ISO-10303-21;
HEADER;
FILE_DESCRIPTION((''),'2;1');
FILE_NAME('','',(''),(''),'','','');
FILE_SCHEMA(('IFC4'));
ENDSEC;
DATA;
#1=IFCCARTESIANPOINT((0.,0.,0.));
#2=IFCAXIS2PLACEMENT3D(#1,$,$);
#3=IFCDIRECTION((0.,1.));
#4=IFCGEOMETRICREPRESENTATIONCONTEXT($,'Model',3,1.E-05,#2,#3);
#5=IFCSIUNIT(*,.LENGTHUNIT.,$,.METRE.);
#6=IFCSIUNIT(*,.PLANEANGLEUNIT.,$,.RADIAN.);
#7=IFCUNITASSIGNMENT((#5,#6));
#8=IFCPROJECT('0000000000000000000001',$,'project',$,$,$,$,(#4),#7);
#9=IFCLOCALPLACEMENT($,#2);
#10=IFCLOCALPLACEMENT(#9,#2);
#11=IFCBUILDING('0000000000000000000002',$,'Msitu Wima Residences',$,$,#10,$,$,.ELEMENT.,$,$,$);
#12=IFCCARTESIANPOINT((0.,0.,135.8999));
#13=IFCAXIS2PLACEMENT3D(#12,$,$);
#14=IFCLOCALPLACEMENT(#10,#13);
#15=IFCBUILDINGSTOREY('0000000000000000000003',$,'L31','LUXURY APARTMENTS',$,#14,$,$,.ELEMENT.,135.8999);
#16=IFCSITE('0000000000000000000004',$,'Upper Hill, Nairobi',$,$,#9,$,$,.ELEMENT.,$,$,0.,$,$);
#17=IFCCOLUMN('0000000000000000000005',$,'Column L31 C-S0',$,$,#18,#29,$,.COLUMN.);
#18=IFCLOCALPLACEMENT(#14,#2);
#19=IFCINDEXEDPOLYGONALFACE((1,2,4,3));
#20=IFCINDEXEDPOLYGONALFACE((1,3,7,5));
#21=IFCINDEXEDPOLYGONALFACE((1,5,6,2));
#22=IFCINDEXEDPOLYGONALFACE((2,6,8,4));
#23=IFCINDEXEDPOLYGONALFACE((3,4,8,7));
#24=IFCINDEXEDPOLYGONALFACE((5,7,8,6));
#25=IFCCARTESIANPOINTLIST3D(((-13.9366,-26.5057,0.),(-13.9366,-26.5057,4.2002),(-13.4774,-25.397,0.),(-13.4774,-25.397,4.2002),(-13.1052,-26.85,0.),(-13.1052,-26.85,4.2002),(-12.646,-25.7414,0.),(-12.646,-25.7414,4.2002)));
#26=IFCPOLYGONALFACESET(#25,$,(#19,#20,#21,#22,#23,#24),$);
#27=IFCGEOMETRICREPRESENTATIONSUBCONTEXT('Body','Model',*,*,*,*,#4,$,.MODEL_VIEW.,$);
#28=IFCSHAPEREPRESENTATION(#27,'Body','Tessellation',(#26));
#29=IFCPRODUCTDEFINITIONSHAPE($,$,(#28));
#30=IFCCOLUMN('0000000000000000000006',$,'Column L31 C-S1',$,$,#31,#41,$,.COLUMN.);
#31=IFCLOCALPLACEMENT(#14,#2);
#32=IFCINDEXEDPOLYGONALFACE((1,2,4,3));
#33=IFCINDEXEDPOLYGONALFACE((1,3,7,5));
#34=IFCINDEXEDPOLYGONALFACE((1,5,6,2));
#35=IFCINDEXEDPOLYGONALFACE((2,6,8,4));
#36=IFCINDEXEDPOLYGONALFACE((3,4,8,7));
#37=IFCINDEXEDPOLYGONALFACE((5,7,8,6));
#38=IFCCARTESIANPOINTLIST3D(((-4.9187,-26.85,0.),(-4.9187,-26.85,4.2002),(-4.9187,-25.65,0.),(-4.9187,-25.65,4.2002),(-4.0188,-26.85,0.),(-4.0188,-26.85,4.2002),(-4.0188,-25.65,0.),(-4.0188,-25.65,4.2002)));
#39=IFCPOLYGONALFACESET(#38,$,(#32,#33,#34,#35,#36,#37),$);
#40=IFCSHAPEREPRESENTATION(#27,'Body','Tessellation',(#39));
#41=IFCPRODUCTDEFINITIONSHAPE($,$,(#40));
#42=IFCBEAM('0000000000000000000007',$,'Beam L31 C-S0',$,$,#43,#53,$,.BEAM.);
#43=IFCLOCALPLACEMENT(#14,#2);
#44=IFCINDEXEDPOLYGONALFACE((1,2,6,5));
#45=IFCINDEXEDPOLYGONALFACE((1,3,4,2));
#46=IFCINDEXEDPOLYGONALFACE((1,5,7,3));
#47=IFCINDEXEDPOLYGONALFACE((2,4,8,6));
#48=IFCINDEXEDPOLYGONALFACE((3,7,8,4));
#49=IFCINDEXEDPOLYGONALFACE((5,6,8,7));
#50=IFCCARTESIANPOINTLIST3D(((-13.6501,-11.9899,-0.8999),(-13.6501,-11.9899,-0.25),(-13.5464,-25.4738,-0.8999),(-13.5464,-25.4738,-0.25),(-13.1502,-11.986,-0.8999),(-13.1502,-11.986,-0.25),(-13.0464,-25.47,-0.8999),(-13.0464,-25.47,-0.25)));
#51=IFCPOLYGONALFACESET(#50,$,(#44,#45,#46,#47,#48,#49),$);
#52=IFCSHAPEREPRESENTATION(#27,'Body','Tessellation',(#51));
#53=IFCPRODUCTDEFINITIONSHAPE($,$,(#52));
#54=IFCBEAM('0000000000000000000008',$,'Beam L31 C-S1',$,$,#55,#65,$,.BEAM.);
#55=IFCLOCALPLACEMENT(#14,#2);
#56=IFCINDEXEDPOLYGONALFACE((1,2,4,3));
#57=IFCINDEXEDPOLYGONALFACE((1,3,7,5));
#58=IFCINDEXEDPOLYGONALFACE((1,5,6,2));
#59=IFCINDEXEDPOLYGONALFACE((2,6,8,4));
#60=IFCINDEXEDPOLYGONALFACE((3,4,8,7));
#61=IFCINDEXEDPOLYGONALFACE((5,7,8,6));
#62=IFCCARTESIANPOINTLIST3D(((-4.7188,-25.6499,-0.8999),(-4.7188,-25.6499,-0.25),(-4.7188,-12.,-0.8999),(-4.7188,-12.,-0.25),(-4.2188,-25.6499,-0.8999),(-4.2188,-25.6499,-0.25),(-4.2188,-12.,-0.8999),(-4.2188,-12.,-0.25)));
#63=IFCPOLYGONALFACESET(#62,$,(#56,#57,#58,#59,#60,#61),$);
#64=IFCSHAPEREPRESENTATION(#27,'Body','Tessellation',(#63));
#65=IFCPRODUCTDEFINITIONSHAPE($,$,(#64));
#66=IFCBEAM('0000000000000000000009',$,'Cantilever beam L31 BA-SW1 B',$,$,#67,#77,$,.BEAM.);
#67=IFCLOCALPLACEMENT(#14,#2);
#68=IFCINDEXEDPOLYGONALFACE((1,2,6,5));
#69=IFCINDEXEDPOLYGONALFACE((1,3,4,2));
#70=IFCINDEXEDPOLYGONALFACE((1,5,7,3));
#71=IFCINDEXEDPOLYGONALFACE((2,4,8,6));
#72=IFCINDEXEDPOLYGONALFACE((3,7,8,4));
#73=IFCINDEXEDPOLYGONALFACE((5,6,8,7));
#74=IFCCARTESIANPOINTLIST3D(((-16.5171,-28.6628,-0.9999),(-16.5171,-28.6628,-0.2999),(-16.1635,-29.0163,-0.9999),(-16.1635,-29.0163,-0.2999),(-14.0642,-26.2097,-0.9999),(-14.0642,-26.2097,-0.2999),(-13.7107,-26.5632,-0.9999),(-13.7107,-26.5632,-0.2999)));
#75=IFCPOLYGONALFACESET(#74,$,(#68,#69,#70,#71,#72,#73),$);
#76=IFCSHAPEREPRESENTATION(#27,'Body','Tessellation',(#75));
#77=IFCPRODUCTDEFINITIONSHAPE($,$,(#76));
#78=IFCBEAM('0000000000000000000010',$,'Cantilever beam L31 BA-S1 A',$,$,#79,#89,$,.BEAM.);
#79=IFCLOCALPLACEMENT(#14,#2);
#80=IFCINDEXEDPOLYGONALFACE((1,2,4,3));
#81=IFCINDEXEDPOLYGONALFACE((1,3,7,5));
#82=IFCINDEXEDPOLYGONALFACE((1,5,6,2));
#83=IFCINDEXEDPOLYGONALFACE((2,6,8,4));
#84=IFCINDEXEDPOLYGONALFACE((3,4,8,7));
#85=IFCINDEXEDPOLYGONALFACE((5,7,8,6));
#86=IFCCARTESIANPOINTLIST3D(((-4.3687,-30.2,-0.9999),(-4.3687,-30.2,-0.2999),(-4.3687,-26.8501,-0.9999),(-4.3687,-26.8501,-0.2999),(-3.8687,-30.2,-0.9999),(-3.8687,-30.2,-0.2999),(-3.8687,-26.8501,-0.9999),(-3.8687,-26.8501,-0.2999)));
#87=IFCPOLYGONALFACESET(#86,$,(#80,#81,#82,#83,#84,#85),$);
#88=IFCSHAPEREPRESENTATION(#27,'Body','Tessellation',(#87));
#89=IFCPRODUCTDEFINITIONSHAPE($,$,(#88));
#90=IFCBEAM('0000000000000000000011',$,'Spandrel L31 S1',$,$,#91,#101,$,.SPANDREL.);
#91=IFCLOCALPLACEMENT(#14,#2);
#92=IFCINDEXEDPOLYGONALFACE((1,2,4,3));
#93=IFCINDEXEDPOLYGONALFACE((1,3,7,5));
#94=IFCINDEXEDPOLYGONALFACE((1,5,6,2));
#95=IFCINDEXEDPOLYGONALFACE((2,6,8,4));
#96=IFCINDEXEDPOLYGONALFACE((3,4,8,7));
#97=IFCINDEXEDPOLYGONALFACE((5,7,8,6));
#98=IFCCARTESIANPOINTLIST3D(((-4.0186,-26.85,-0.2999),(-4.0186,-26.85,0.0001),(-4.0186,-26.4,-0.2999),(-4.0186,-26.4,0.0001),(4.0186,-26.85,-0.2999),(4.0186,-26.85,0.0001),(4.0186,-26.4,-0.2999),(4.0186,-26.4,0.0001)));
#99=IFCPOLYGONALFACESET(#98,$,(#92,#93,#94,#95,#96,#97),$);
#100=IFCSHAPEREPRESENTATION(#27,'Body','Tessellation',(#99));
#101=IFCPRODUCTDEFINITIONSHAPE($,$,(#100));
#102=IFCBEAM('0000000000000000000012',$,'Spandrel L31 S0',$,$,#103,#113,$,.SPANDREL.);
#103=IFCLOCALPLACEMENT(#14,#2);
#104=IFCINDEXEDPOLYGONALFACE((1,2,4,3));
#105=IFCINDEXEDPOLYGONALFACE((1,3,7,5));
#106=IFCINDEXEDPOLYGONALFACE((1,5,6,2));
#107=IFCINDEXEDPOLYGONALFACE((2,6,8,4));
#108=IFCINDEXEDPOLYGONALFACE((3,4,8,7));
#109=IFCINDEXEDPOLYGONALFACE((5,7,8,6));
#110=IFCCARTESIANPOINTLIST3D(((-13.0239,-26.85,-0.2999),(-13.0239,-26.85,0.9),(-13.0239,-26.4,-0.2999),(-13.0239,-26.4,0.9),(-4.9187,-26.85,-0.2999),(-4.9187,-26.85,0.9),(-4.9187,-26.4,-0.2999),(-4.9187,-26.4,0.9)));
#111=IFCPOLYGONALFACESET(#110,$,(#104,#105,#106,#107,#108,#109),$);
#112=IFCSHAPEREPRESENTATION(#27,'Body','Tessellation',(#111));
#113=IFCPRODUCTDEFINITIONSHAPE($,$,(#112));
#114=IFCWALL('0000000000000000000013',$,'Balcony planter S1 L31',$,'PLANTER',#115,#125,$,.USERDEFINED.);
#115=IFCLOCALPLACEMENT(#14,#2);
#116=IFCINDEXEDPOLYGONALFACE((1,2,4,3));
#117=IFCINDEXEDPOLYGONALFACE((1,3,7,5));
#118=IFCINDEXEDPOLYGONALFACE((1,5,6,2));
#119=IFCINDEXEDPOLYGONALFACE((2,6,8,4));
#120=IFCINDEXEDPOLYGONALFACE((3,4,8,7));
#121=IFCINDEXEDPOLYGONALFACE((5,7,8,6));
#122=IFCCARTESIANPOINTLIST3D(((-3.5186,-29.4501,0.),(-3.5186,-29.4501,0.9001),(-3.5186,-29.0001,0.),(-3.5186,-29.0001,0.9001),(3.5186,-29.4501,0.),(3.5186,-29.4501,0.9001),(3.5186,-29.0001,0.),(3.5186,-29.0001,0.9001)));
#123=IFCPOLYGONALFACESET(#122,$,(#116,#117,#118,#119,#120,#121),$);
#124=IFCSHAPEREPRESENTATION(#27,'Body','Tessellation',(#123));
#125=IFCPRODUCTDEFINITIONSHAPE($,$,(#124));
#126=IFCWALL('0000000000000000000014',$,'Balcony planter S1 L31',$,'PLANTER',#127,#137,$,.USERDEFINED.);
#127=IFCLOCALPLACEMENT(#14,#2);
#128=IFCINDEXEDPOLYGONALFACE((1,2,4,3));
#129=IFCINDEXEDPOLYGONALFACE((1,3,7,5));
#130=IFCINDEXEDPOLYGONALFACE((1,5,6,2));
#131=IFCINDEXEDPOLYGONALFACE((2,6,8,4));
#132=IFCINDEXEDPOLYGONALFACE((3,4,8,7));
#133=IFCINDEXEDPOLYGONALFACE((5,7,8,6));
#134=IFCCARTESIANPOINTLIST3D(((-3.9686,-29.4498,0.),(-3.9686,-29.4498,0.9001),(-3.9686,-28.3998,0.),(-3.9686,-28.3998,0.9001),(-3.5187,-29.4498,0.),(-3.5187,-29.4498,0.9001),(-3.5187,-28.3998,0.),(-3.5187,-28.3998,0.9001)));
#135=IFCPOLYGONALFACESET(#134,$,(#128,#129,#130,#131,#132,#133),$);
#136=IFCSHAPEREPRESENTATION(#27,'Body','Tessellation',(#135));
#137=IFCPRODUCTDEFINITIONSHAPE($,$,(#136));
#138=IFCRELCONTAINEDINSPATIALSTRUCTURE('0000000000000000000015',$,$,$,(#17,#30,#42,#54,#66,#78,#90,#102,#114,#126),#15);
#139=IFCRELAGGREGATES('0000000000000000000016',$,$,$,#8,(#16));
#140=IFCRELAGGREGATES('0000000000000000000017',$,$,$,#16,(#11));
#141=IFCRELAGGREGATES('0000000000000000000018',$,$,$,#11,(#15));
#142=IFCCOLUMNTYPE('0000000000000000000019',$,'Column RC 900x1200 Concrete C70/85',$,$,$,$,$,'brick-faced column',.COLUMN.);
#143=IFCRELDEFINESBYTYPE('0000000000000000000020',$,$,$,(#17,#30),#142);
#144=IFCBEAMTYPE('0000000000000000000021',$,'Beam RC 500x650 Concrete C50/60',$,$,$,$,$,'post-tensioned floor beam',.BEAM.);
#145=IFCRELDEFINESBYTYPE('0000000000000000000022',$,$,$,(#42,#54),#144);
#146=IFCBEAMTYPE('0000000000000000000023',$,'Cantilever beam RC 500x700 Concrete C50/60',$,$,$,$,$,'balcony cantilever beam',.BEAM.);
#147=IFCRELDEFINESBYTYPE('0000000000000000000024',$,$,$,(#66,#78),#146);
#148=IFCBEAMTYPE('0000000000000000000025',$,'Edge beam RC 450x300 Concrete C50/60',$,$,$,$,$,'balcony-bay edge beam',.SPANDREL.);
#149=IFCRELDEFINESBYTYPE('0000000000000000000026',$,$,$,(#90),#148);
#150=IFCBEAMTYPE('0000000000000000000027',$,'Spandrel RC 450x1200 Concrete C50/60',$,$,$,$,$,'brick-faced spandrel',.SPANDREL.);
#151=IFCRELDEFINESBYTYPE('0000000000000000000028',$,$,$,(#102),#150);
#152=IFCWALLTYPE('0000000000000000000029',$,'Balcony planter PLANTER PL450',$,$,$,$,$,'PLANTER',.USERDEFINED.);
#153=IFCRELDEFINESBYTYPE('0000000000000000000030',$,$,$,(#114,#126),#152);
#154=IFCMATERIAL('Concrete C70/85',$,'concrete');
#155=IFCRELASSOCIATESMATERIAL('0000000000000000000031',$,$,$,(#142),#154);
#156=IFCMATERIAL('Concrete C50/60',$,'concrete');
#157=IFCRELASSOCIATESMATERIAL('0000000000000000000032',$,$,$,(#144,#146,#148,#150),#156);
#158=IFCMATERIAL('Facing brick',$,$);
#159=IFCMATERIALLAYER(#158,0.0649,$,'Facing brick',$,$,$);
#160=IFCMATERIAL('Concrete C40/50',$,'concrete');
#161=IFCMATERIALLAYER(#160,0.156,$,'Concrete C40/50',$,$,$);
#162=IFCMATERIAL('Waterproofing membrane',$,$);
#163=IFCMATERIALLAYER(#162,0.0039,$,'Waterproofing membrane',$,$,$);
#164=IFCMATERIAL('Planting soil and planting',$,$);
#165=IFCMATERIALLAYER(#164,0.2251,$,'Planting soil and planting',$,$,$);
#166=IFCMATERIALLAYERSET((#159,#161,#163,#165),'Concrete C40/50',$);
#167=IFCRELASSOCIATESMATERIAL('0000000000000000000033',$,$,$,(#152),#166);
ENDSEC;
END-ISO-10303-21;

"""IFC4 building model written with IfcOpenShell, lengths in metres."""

from ifc_helpers import new_model, si_unit, direction, frame, frame_2d, origin, origin_2d, place, context, subcontext, project, spatial, rectangle, extrude, material, layer, layer_set, material_profile, profile_set, type_object, element, save


model = new_model("IFC4")

# Units and contexts
model_context = context("Model", 3, precision=1e-05, world=origin(), true_north=direction((0.0, 1.0)))
body_context = subcontext(model_context, "Body", "Model", "MODEL_VIEW")
ifc_project = project(units=[si_unit("LENGTHUNIT", "METRE"), si_unit("PLANEANGLEUNIT", "RADIAN")], contexts=[model_context])

# Site, building, storey
site_placement = place(None, origin())
site = spatial("IfcSite", under=ifc_project, at=site_placement, Name="Upper Hill, Nairobi", CompositionType="ELEMENT", RefElevation=0.0)
building_placement = place(site_placement, origin())
building = spatial("IfcBuilding", under=site, at=building_placement, Name="Msitu Wima Residences", CompositionType="ELEMENT")
storey_placement = place(building_placement, frame((0.0, 0.0, 135.8999)))
storey = spatial("IfcBuildingStorey", under=building, at=storey_placement, Name="L31", Description="LUXURY APARTMENTS", CompositionType="ELEMENT", Elevation=135.8999)

# Columns
ifc_material_1 = material(Name="Concrete C70/85", Category="concrete")
ifc_material_profile_1 = material_profile(ifc_material_1, rectangle(XDim=0.8999, YDim=1.2, at=origin_2d()), Name="RC 900x1200")
ifc_profile_set_1 = profile_set([ifc_material_profile_1], Name="Concrete C70/85")
column_type = type_object("IfcColumnType", Name="Column RC 900x1200 Concrete C70/85", ElementType="brick-faced column", PredefinedType="COLUMN", material=ifc_profile_set_1)
for number, where, z_axis, x_axis, name in (
    (1, (-13.2913, -26.1235, 0.0), (0.0, 0.0, 1.0), (0.92388, -0.382683, 0.0), "Column L31 C-S0"),
    (2, (-4.4688, -26.25, 0.0), (0.0, 0.0, 1.0), (1.0, 0.0, 0.0), "Column L31 C-S1"),
):
    element("IfcColumn", number, at=place(storey_placement, frame(where, z_axis=z_axis, x_axis=x_axis)), inside=storey, type_object=column_type, Name=name, PredefinedType="COLUMN", context=body_context, shape_type="SweptSolid", body=[
        extrude(rectangle(XDim=0.8999, YDim=1.2, at=origin_2d()), origin(), (0.0, 0.0, 1.0), 4.2002),
    ])

# Beams
ifc_material_2 = material(Name="Concrete C50/60", Category="concrete")
ifc_material_profile_2 = material_profile(ifc_material_2, rectangle(XDim=0.5, YDim=0.6499, at=origin_2d()), Name="RC 500x650")
ifc_profile_set_2 = profile_set([ifc_material_profile_2], Name="Concrete C50/60")
beam_type_1 = type_object("IfcBeamType", Name="Beam RC 500x650 Concrete C50/60", ElementType="post-tensioned floor beam", PredefinedType="BEAM", material=ifc_profile_set_2)
beam_1_placement = place(storey_placement, frame((-13.2964, -25.4719, -0.575), z_axis=(-0.007695, 0.99997, 0.0), x_axis=(-0.99997, -0.007695, 0.0)))
element("IfcBeam", 3, at=beam_1_placement, inside=storey, type_object=beam_type_1, Name="Beam L31 C-S0", PredefinedType="BEAM", context=body_context, shape_type="SweptSolid", body=[
    extrude(rectangle(XDim=0.5, YDim=0.6499, at=origin_2d()), origin(), (0.0, 0.0, 1.0), 13.4844),
])
beam_2_placement = place(storey_placement, frame((-4.4688, -25.6499, -0.575), z_axis=(0.0, 1.0, 0.0), x_axis=(-1.0, 0.0, 0.0)))
element("IfcBeam", 4, at=beam_2_placement, inside=storey, type_object=beam_type_1, Name="Beam L31 C-S1", PredefinedType="BEAM", context=body_context, shape_type="SweptSolid", body=[
    extrude(rectangle(XDim=0.5, YDim=0.6499, at=origin_2d()), origin(), (0.0, 0.0, 1.0), 13.6499),
])
ifc_material_profile_3 = material_profile(ifc_material_2, rectangle(XDim=0.5, YDim=0.7, at=origin_2d()), Name="RC 500x700")
ifc_profile_set_3 = profile_set([ifc_material_profile_3], Name="Concrete C50/60")
beam_type_2 = type_object("IfcBeamType", Name="Cantilever beam RC 500x700 Concrete C50/60", ElementType="balcony cantilever beam", PredefinedType="BEAM", material=ifc_profile_set_3)
beam_3_placement = place(storey_placement, frame((-13.8875, -26.3865, -0.6499), z_axis=(-0.707072, -0.707142, 0.0), x_axis=(0.707142, -0.707072, 0.0)))
element("IfcBeam", 5, at=beam_3_placement, inside=storey, type_object=beam_type_2, Name="Cantilever beam L31 BA-SW1 B", PredefinedType="BEAM", context=body_context, shape_type="SweptSolid", body=[
    extrude(rectangle(XDim=0.5, YDim=0.7, at=origin_2d()), origin(), (0.0, 0.0, 1.0), 3.469),
])
beam_4_placement = place(storey_placement, frame((-4.1187, -26.8501, -0.6499), z_axis=(0.0, -1.0, 0.0), x_axis=(1.0, 0.0, 0.0)))
element("IfcBeam", 6, at=beam_4_placement, inside=storey, type_object=beam_type_2, Name="Cantilever beam L31 BA-S1 A", PredefinedType="BEAM", context=body_context, shape_type="SweptSolid", body=[
    extrude(rectangle(XDim=0.5, YDim=0.7, at=origin_2d()), origin(), (0.0, 0.0, 1.0), 3.3499),
])
ifc_material_profile_4 = material_profile(ifc_material_2, rectangle(XDim=0.45, YDim=0.3, at=origin_2d()), Name="RC 450x300")
ifc_profile_set_4 = profile_set([ifc_material_profile_4], Name="Concrete C50/60")
beam_type_3 = type_object("IfcBeamType", Name="Edge beam RC 450x300 Concrete C50/60", ElementType="balcony-bay edge beam", PredefinedType="SPANDREL", material=ifc_profile_set_4)
beam_5_placement = place(storey_placement, frame((-4.0186, -26.625, -0.1499), z_axis=(1.0, 0.0, 0.0), x_axis=(0.0, 1.0, 0.0)))
element("IfcBeam", 7, at=beam_5_placement, inside=storey, type_object=beam_type_3, Name="Spandrel L31 S1", PredefinedType="SPANDREL", context=body_context, shape_type="SweptSolid", body=[
    extrude(rectangle(XDim=0.45, YDim=0.3, at=origin_2d()), origin(), (0.0, 0.0, 1.0), 8.0371),
])
ifc_material_profile_5 = material_profile(ifc_material_2, rectangle(XDim=0.45, YDim=1.2, at=origin_2d()), Name="RC 450x1200")
ifc_profile_set_5 = profile_set([ifc_material_profile_5], Name="Concrete C50/60")
beam_type_4 = type_object("IfcBeamType", Name="Spandrel RC 450x1200 Concrete C50/60", ElementType="brick-faced spandrel", PredefinedType="SPANDREL", material=ifc_profile_set_5)
beam_6_placement = place(storey_placement, frame((-13.0239, -26.625, 0.3), z_axis=(1.0, 0.0, 0.0), x_axis=(0.0, 1.0, 0.0)))
element("IfcBeam", 8, at=beam_6_placement, inside=storey, type_object=beam_type_4, Name="Spandrel L31 S0", PredefinedType="SPANDREL", context=body_context, shape_type="SweptSolid", body=[
    extrude(rectangle(XDim=0.45, YDim=1.2, at=origin_2d()), origin(), (0.0, 0.0, 1.0), 8.1052),
])

# Walls
ifc_material_3 = material(Name="Facing brick")
ifc_layer_1 = layer(ifc_material_3, 0.0649, Name="Facing brick")
ifc_material_4 = material(Name="Concrete C40/50", Category="concrete")
ifc_layer_2 = layer(ifc_material_4, 0.156, Name="Concrete C40/50")
ifc_material_5 = material(Name="Waterproofing membrane")
ifc_layer_3 = layer(ifc_material_5, 0.0039, Name="Waterproofing membrane")
ifc_material_6 = material(Name="Planting soil and planting")
ifc_layer_4 = layer(ifc_material_6, 0.2251, Name="Planting soil and planting")
ifc_layer_set_1 = layer_set([ifc_layer_1, ifc_layer_2, ifc_layer_3, ifc_layer_4], Name="Concrete C40/50")
wall_type_1 = type_object("IfcWallType", Name="Balcony planter PLANTER PL450", ElementType="PLANTER", PredefinedType="USERDEFINED", material=ifc_layer_set_1)
wall_1_placement = place(storey_placement, frame((-3.5186, -29.2251, 0.0), z_axis=(0.0, 0.0, 1.0), x_axis=(1.0, 0.0, 0.0)))
element("IfcWall", 9, at=wall_1_placement, inside=storey, type_object=wall_type_1, Name="Balcony planter S1 L31", ObjectType="PLANTER", PredefinedType="USERDEFINED", context=body_context, shape_type="SweptSolid", body=[
    extrude(rectangle(XDim=7.0371, YDim=0.45, at=frame_2d((3.5186, 0.0))), origin(), (0.0, 0.0, 1.0), 0.9001),
])
wall_2_placement = place(storey_placement, frame((-3.7437, -28.3999, 0.0), z_axis=(0.0, 0.0, 1.0), x_axis=(0.0, -1.0, 0.0)))
element("IfcWall", 10, at=wall_2_placement, inside=storey, type_object=wall_type_1, Name="Balcony planter S1 L31", ObjectType="PLANTER", PredefinedType="USERDEFINED", context=body_context, shape_type="SweptSolid", body=[
    extrude(rectangle(XDim=1.05, YDim=0.45, at=frame_2d((0.5249, 0.0))), origin(), (0.0, 0.0, 1.0), 0.9001),
])

save(model, "model.ifc")
